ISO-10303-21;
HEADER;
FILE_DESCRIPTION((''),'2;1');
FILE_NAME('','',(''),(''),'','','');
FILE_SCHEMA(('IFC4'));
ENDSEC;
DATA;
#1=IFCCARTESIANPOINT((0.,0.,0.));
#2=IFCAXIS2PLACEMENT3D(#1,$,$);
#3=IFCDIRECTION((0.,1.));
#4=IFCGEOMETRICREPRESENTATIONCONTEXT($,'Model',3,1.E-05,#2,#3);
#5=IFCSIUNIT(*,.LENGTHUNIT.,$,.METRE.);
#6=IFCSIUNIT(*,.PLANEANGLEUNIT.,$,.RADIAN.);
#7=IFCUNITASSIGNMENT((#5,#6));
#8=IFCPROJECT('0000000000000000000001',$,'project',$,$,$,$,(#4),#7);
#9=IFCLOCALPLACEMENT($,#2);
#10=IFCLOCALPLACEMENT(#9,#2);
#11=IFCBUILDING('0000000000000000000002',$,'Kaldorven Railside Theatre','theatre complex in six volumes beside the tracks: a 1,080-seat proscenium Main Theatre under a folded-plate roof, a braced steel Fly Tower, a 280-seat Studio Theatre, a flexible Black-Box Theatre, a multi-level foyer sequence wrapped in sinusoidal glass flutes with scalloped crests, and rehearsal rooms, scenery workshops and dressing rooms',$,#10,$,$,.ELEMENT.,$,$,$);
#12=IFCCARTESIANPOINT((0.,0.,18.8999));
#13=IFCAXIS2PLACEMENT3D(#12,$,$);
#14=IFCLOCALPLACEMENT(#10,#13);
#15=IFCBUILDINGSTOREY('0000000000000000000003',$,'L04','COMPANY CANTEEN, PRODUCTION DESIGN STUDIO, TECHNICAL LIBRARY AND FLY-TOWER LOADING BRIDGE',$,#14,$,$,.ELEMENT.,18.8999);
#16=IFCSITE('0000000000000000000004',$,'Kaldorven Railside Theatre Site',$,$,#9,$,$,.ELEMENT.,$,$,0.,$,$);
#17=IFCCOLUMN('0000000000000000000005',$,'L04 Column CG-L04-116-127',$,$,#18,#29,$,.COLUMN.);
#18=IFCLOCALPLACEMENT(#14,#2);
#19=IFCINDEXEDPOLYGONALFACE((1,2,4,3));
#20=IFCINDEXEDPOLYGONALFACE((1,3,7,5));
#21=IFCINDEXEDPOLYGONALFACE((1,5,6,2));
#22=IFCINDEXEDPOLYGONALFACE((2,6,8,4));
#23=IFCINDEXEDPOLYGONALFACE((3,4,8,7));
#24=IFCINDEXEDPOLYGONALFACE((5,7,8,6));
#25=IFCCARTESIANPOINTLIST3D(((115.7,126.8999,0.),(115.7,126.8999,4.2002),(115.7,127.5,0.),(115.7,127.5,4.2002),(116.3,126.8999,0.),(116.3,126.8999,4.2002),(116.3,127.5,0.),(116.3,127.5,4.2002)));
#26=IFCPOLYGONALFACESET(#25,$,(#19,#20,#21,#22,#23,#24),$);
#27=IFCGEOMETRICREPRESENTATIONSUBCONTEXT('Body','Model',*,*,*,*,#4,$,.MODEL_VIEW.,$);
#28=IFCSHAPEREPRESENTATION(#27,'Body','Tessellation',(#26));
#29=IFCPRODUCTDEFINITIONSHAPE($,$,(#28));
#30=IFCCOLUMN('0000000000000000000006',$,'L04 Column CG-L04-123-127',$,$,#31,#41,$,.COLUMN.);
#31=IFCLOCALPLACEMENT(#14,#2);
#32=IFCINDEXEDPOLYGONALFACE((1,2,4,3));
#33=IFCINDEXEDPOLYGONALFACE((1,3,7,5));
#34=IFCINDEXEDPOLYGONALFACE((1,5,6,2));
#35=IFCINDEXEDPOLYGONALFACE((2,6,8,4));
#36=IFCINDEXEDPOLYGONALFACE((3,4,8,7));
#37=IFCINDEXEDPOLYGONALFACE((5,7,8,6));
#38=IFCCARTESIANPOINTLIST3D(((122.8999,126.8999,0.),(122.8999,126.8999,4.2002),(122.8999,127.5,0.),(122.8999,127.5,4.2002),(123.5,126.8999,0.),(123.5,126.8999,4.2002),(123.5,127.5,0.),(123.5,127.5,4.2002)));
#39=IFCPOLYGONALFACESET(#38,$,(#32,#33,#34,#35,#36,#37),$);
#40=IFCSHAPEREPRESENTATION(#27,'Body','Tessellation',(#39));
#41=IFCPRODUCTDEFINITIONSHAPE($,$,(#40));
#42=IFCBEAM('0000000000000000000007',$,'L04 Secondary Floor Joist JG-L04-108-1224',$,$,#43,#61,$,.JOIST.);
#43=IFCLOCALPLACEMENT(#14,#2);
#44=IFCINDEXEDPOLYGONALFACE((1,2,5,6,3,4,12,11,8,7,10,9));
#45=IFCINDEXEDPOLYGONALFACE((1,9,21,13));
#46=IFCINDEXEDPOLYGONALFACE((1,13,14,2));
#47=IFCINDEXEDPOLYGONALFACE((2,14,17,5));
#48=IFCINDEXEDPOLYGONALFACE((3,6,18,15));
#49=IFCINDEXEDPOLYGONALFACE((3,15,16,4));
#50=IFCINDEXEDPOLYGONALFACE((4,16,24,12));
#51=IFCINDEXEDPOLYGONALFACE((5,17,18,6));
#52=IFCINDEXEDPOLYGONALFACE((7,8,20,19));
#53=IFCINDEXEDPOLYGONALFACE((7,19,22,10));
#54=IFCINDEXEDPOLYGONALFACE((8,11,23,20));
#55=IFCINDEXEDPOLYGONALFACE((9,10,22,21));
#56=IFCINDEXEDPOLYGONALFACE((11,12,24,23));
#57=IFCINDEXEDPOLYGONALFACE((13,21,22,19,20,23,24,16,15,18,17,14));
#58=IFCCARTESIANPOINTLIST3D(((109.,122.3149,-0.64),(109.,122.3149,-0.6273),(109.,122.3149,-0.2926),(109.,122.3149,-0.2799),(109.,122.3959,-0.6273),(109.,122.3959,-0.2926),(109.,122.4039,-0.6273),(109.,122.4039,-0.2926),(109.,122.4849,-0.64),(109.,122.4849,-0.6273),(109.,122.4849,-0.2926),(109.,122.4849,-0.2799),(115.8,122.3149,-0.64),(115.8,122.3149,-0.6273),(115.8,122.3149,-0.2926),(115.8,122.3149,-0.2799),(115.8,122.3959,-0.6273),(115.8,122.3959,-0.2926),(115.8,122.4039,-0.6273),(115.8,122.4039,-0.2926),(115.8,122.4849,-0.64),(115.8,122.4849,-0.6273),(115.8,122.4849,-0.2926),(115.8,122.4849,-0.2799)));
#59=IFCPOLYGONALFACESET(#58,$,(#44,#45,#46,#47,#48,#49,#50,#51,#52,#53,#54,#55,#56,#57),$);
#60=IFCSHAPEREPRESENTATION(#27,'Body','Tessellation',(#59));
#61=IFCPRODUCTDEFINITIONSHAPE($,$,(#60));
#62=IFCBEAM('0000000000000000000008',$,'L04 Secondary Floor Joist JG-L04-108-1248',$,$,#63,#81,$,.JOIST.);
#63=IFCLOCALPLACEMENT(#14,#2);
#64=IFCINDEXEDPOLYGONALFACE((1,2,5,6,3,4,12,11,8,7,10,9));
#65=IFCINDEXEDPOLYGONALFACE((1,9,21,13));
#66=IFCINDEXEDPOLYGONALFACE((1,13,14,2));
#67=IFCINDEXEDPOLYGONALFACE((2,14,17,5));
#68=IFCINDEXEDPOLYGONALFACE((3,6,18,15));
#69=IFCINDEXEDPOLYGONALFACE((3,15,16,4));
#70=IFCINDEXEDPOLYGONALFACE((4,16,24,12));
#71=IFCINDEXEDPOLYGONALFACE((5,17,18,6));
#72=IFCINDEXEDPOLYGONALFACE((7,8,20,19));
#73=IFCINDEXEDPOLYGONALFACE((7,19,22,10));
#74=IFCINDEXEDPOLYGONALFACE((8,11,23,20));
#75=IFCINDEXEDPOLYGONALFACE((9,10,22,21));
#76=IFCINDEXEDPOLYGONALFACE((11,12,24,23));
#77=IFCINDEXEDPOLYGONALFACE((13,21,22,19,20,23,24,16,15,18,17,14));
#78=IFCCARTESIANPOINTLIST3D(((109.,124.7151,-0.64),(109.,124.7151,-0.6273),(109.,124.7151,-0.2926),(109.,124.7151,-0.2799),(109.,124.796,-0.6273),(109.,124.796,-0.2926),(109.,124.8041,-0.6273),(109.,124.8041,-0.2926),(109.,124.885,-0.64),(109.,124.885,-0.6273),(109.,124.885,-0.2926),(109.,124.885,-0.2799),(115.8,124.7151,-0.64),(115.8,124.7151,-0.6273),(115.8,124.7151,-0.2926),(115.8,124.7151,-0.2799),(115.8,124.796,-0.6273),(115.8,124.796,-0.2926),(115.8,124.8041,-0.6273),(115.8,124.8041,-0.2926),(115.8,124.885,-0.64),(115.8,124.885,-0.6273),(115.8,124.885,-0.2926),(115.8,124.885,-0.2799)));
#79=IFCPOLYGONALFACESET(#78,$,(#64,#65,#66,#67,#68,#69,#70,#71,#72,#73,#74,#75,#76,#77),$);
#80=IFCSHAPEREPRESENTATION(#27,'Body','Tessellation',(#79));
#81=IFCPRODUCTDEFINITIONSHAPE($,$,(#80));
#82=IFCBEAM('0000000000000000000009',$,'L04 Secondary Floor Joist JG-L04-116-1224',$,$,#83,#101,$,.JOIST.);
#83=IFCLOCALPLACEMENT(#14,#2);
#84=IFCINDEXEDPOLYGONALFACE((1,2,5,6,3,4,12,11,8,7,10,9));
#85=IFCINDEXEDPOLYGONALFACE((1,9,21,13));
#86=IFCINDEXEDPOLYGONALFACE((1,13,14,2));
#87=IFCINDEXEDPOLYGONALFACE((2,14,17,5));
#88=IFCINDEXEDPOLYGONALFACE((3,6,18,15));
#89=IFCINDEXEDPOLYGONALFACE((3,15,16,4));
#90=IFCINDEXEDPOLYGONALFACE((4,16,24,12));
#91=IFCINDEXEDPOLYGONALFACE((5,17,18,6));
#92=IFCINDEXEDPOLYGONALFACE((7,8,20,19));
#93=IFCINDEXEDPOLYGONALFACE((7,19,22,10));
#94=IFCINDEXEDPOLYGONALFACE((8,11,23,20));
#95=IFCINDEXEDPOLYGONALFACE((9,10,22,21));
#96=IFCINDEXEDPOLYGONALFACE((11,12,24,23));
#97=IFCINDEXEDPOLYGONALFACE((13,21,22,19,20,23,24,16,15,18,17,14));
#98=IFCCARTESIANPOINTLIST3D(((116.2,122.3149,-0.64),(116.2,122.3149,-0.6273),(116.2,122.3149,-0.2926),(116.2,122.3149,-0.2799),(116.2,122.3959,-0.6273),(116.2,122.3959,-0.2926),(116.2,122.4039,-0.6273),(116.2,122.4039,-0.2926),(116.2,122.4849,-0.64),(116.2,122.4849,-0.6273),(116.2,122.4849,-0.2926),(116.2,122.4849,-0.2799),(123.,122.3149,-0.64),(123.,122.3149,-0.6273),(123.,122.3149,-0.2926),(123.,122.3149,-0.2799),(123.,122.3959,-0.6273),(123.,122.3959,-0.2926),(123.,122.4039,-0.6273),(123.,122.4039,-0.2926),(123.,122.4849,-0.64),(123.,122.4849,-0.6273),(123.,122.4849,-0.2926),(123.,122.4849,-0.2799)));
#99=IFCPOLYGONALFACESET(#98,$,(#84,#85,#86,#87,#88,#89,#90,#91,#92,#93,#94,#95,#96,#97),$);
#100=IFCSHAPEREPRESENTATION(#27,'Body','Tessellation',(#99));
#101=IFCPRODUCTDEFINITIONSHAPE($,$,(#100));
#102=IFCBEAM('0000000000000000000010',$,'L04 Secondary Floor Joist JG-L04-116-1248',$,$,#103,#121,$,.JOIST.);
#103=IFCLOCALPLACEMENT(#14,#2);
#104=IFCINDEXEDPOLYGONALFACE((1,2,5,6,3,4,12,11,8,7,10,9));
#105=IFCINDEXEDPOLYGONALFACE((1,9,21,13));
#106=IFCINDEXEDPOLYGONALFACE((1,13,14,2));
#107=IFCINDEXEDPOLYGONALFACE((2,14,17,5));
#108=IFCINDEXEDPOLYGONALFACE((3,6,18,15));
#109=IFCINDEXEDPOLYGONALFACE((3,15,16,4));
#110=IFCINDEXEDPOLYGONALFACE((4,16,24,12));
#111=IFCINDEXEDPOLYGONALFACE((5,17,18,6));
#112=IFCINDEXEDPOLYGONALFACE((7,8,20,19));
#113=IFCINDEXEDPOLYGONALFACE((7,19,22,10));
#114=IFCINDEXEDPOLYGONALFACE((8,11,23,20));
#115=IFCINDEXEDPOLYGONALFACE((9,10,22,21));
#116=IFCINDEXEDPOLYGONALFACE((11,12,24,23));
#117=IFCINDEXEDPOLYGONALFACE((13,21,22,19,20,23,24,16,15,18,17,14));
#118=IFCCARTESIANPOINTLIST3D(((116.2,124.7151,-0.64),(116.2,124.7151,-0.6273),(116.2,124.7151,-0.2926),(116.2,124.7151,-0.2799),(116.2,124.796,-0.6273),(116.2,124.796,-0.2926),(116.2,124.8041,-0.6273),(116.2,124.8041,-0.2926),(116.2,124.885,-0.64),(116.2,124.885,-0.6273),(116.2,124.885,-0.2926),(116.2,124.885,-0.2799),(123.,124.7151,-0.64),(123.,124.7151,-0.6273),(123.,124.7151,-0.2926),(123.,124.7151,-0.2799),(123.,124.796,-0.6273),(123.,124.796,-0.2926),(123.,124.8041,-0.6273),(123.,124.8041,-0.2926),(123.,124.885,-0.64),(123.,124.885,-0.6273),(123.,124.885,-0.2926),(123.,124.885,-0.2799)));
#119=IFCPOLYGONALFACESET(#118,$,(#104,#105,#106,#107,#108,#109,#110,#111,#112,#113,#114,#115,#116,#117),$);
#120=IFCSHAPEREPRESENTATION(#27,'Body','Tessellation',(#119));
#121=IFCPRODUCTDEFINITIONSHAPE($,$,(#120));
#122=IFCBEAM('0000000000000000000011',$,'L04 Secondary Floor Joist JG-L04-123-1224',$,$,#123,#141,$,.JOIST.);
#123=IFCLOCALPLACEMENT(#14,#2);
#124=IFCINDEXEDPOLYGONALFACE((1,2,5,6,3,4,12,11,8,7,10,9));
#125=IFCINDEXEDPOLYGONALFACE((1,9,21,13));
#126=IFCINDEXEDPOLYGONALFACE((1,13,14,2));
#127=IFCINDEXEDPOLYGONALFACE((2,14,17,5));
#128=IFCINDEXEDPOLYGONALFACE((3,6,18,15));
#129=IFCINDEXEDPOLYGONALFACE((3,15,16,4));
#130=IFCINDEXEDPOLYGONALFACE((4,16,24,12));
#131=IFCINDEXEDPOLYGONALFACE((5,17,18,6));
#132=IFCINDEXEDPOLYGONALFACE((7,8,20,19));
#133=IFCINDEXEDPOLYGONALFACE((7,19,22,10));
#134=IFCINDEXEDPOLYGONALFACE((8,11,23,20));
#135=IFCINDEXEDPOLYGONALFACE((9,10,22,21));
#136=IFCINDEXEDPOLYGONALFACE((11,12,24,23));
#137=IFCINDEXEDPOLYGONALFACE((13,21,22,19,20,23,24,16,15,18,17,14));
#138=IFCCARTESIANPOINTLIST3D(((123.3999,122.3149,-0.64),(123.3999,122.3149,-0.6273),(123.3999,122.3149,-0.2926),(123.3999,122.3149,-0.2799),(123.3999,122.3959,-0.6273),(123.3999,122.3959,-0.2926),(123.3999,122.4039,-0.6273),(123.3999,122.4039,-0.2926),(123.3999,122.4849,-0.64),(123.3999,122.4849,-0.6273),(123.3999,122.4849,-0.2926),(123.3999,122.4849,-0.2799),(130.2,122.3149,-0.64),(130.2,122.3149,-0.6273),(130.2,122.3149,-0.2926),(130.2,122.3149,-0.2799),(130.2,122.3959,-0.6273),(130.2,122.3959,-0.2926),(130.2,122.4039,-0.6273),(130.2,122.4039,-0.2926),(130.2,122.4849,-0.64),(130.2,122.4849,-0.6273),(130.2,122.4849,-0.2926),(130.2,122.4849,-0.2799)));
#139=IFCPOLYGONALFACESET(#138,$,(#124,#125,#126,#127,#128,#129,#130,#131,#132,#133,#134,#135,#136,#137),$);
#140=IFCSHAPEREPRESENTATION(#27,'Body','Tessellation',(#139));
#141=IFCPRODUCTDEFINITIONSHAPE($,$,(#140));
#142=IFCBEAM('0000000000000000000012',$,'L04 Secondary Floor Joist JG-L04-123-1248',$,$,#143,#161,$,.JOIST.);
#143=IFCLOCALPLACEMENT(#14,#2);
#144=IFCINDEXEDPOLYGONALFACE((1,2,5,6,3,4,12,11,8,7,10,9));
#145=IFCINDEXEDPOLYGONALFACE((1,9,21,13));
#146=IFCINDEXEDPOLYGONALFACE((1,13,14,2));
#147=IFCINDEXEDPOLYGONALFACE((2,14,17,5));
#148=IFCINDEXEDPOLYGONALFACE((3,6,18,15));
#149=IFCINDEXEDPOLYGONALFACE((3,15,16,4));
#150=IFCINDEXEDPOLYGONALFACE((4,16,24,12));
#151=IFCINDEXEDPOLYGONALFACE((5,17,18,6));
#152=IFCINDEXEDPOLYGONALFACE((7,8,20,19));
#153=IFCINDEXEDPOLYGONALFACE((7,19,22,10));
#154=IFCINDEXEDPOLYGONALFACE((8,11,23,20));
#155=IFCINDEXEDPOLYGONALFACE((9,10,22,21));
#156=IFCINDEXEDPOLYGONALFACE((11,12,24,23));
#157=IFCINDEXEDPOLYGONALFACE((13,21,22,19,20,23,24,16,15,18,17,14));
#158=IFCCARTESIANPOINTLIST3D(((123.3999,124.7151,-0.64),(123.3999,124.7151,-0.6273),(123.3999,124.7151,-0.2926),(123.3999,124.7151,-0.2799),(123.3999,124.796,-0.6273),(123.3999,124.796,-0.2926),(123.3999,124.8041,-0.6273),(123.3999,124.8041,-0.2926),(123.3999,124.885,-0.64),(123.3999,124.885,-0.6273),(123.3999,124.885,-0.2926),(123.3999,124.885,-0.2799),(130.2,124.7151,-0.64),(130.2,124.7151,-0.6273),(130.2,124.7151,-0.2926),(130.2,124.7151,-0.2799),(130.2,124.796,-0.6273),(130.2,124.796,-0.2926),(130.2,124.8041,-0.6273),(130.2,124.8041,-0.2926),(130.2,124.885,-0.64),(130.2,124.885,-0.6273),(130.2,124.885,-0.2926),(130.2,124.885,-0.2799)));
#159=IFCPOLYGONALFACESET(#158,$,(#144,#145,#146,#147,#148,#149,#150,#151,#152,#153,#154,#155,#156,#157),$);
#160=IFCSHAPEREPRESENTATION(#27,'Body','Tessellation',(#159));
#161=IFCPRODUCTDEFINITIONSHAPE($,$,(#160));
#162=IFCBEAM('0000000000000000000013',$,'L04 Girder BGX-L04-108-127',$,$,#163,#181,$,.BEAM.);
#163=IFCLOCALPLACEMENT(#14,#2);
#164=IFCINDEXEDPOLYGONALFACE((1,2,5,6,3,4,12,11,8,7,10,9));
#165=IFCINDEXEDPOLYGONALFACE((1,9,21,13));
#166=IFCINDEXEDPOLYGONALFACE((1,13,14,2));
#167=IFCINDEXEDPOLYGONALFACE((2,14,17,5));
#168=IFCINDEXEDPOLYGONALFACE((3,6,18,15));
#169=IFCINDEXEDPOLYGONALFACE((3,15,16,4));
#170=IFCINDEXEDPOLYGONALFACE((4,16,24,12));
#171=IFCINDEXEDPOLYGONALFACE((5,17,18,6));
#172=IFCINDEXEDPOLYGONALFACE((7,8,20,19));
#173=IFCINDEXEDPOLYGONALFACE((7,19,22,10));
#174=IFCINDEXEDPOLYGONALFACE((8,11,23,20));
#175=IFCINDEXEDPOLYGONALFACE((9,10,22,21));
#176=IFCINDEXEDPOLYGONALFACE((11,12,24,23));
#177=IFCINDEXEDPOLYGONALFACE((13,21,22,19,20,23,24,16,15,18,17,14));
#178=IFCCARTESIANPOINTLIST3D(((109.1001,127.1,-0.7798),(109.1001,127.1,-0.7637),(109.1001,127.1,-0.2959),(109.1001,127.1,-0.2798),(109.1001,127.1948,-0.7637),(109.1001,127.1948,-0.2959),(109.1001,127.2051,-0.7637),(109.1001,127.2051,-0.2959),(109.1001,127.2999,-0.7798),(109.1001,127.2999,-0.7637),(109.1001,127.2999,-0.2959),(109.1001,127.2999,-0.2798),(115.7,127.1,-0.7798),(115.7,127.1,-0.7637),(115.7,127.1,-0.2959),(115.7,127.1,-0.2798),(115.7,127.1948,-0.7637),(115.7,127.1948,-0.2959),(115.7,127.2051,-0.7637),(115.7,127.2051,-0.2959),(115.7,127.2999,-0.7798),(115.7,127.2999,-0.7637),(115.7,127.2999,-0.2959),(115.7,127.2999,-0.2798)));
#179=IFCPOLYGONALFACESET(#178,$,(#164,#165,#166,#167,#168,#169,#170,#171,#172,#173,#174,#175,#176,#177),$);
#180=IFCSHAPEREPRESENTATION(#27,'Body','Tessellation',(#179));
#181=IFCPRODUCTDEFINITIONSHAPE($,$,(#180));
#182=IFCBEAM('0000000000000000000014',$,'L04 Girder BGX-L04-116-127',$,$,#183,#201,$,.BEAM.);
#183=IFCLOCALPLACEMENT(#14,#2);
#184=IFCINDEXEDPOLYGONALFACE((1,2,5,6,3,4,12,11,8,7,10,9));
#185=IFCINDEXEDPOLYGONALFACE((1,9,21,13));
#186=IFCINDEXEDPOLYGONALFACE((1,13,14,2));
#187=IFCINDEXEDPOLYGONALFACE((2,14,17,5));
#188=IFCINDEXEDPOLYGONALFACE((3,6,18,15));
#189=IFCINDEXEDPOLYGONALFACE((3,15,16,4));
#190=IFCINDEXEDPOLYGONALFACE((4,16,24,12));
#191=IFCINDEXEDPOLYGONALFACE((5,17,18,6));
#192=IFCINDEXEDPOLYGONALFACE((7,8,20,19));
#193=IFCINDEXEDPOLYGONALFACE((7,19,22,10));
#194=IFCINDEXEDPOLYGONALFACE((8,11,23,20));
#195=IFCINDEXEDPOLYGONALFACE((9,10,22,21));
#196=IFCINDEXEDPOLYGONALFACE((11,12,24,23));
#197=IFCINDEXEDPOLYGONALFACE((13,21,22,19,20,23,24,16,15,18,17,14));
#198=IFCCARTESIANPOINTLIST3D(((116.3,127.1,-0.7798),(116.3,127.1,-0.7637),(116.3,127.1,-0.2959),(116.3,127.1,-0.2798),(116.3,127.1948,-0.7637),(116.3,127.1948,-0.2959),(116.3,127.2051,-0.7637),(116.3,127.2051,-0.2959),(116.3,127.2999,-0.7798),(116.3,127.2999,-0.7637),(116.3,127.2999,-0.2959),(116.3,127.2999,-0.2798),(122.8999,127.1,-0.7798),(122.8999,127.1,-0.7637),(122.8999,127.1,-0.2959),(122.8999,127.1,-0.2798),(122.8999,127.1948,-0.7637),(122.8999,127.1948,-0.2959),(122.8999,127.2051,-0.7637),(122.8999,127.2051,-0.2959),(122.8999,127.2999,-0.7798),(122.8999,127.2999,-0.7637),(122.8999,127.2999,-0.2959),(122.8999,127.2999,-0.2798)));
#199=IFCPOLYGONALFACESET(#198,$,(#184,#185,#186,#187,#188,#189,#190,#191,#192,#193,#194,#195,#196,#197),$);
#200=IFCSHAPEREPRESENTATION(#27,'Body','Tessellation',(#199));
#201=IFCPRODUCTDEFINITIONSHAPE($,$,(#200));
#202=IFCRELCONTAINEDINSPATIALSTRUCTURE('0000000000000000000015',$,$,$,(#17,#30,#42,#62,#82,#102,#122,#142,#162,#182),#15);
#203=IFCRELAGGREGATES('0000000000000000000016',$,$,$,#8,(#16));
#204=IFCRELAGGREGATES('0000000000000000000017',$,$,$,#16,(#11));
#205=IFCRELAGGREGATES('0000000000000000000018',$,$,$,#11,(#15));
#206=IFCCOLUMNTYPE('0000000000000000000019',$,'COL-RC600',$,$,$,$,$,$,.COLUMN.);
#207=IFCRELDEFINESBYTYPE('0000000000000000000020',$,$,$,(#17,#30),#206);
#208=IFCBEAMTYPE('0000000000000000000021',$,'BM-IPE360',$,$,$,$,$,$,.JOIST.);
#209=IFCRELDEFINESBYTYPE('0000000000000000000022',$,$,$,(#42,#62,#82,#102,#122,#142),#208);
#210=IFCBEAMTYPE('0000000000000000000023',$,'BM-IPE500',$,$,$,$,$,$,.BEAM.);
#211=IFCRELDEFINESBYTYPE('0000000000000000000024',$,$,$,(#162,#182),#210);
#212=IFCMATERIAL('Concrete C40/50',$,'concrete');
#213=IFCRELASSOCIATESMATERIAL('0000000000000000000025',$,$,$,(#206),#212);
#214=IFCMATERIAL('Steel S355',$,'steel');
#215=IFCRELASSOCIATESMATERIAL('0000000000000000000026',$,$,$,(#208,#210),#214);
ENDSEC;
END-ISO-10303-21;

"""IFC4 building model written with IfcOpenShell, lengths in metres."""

from ifc_helpers import new_model, si_unit, direction, frame, origin, origin_2d, place, context, subcontext, project, spatial, rectangle, i_section, extrude, material, material_profile, profile_set, type_object, element, save


model = new_model("IFC4")

# Units and contexts
model_context = context("Model", 3, precision=1e-05, world=origin(), true_north=direction((0.0, 1.0)))
body_context = subcontext(model_context, "Body", "Model", "MODEL_VIEW")
ifc_project = project(units=[si_unit("LENGTHUNIT", "METRE"), si_unit("PLANEANGLEUNIT", "RADIAN")], contexts=[model_context])

# Site, building, storey
site_placement = place(None, origin())
site = spatial("IfcSite", under=ifc_project, at=site_placement, Name="Kaldorven Railside Theatre Site", CompositionType="ELEMENT", RefElevation=0.0)
building_placement = place(site_placement, origin())
building = spatial("IfcBuilding", under=site, at=building_placement, Name="Kaldorven Railside Theatre", Description="theatre complex in six volumes beside the tracks: a 1,080-seat proscenium Main Theatre under a folded-plate roof, a braced steel Fly Tower, a 280-seat Studio Theatre, a flexible Black-Box Theatre, a multi-level foyer sequence wrapped in sinusoidal glass flutes with scalloped crests, and rehearsal rooms, scenery workshops and dressing rooms", CompositionType="ELEMENT")
storey_placement = place(building_placement, frame((0.0, 0.0, 18.8999)))
storey = spatial("IfcBuildingStorey", under=building, at=storey_placement, Name="L04", Description="COMPANY CANTEEN, PRODUCTION DESIGN STUDIO, TECHNICAL LIBRARY AND FLY-TOWER LOADING BRIDGE", CompositionType="ELEMENT", Elevation=18.8999)

# Columns
ifc_material_1 = material(Name="Concrete C40/50", Category="concrete")
ifc_material_profile_1 = material_profile(ifc_material_1, rectangle(XDim=0.6001, YDim=0.6001, at=origin_2d()), Name="RC 600x600")
ifc_profile_set_1 = profile_set([ifc_material_profile_1], Name="Concrete C40/50")
column_type = type_object("IfcColumnType", Name="COL-RC600", PredefinedType="COLUMN", material=ifc_profile_set_1)
for number, where, z_axis, x_axis, name in (
    (1, (116.0, 127.2, 0.0), (0.0, 0.0, 1.0), (0.0, 1.0, 0.0), "L04 Column CG-L04-116-127"),
    (2, (123.2, 127.2, 0.0), (0.0, 0.0, 1.0), (1.0, 0.0, 0.0), "L04 Column CG-L04-123-127"),
):
    element("IfcColumn", number, at=place(storey_placement, frame(where, z_axis=z_axis, x_axis=x_axis)), inside=storey, type_object=column_type, Name=name, PredefinedType="COLUMN", context=body_context, shape_type="SweptSolid", body=[
        extrude(rectangle(XDim=0.6001, YDim=0.6001, at=origin_2d()), origin(), (0.0, 0.0, 1.0), 4.2002),
    ])

# Beams
ifc_material_2 = material(Name="Steel S355", Category="steel")
ifc_material_profile_2 = material_profile(ifc_material_2, i_section(OverallWidth=0.1699, OverallDepth=0.3601, WebThickness=0.0081, FlangeThickness=0.0127, at=origin_2d()), Name="IPE 360")
ifc_profile_set_2 = profile_set([ifc_material_profile_2], Name="Steel S355")
beam_type_1 = type_object("IfcBeamType", Name="BM-IPE360", PredefinedType="JOIST", material=ifc_profile_set_2)
for number, where, z_axis, x_axis, name in (
    (3, (109.0, 122.3999, -0.46), (1.0, 0.0, 0.0), (0.0, 1.0, 0.0), "L04 Secondary Floor Joist JG-L04-108-1224"),
    (4, (109.0, 124.8, -0.46), (1.0, 0.0, 0.0), (0.0, 1.0, 0.0), "L04 Secondary Floor Joist JG-L04-108-1248"),
    (5, (116.2, 122.3999, -0.46), (1.0, 0.0, 0.0), (0.0, 1.0, 0.0), "L04 Secondary Floor Joist JG-L04-116-1224"),
    (6, (116.2, 124.8, -0.46), (1.0, 0.0, 0.0), (0.0, 1.0, 0.0), "L04 Secondary Floor Joist JG-L04-116-1248"),
    (7, (123.3999, 122.3999, -0.46), (1.0, 0.0, 0.0), (0.0, 1.0, 0.0), "L04 Secondary Floor Joist JG-L04-123-1224"),
    (8, (123.3999, 124.8, -0.46), (1.0, 0.0, 0.0), (0.0, 1.0, 0.0), "L04 Secondary Floor Joist JG-L04-123-1248"),
):
    element("IfcBeam", number, at=place(storey_placement, frame(where, z_axis=z_axis, x_axis=x_axis)), inside=storey, type_object=beam_type_1, Name=name, PredefinedType="JOIST", context=body_context, shape_type="SweptSolid", body=[
        extrude(i_section(OverallWidth=0.1699, OverallDepth=0.3601, WebThickness=0.0081, FlangeThickness=0.0127, at=origin_2d()), origin(), (0.0, 0.0, 1.0), 6.8),
    ])
ifc_material_profile_3 = material_profile(ifc_material_2, i_section(OverallWidth=0.2, OverallDepth=0.5, WebThickness=0.0103, FlangeThickness=0.0161, at=origin_2d()), Name="IPE 500")
ifc_profile_set_3 = profile_set([ifc_material_profile_3], Name="Steel S355")
beam_type_2 = type_object("IfcBeamType", Name="BM-IPE500", PredefinedType="BEAM", material=ifc_profile_set_3)
for number, where, z_axis, x_axis, name in (
    (9, (109.1001, 127.2, -0.5298), (1.0, 0.0, 0.0), (0.0, 1.0, 0.0), "L04 Girder BGX-L04-108-127"),
    (10, (116.3, 127.2, -0.5298), (1.0, 0.0, 0.0), (0.0, 1.0, 0.0), "L04 Girder BGX-L04-116-127"),
):
    element("IfcBeam", number, at=place(storey_placement, frame(where, z_axis=z_axis, x_axis=x_axis)), inside=storey, type_object=beam_type_2, Name=name, PredefinedType="BEAM", context=body_context, shape_type="SweptSolid", body=[
        extrude(i_section(OverallWidth=0.2, OverallDepth=0.5, WebThickness=0.0103, FlangeThickness=0.0161, at=origin_2d()), origin(), (0.0, 0.0, 1.0), 6.5999),
    ])

save(model, "model.ifc")
